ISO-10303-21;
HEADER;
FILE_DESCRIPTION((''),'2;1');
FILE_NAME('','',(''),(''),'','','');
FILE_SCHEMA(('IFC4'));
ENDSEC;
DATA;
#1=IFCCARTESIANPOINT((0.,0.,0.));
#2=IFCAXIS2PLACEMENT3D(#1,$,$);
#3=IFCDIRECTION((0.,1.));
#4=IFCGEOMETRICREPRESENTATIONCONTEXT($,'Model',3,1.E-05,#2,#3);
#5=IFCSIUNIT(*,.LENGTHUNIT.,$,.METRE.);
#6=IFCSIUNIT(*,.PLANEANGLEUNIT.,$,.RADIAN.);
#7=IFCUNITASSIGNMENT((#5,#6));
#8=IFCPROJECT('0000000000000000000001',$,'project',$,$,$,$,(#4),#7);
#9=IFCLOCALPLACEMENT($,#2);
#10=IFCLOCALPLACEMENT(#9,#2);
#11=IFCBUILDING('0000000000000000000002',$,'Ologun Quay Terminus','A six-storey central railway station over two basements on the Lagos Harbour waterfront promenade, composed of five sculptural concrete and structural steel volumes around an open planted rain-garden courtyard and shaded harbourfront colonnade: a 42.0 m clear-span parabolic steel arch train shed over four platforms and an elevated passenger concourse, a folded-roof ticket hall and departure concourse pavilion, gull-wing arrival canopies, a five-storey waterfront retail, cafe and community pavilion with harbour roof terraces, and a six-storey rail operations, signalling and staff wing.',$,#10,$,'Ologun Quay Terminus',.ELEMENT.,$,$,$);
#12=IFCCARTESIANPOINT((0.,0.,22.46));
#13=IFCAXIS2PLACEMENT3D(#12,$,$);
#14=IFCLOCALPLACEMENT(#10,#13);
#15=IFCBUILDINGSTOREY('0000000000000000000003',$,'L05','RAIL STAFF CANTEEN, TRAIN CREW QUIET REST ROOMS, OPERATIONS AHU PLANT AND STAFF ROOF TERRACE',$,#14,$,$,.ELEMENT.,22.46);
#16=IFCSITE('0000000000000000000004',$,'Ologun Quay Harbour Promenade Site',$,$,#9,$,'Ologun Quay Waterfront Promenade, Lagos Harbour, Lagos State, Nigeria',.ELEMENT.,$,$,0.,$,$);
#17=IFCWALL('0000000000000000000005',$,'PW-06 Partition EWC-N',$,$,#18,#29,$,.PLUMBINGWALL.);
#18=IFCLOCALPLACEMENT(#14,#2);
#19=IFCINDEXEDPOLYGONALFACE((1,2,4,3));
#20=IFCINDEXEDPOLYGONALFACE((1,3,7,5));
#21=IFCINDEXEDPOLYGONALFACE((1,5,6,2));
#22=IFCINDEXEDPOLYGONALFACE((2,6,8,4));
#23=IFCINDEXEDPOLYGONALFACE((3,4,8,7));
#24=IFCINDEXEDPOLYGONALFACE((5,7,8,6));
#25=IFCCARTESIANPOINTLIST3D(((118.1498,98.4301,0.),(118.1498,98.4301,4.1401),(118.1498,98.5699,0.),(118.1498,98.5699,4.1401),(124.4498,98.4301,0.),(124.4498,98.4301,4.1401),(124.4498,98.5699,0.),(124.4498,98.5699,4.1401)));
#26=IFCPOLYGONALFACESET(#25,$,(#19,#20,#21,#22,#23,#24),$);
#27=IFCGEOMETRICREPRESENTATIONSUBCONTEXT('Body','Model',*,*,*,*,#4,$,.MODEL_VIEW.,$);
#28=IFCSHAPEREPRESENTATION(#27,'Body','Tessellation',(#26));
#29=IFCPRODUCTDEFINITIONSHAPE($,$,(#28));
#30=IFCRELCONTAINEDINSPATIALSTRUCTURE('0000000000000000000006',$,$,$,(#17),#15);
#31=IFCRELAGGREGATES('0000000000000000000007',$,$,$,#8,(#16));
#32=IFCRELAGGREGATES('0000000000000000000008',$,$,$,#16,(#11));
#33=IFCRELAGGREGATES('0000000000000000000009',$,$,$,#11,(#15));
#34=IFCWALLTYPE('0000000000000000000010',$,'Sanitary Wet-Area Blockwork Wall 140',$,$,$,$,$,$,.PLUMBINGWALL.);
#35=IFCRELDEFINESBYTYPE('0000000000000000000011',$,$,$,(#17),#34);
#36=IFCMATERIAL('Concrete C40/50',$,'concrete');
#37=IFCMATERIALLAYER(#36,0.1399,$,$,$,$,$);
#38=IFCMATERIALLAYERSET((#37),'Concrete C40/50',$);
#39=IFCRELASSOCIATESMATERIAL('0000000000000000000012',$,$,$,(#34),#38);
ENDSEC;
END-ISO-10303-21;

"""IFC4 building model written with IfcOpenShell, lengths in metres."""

from ifc_helpers import new_model, si_unit, direction, frame, frame_2d, origin, place, context, subcontext, project, spatial, rectangle, extrude, material, layer, layer_set, type_object, element, save


model = new_model("IFC4")

# Units and contexts
model_context = context("Model", 3, precision=1e-05, world=origin(), true_north=direction((0.0, 1.0)))
body_context = subcontext(model_context, "Body", "Model", "MODEL_VIEW")
ifc_project = project(units=[si_unit("LENGTHUNIT", "METRE"), si_unit("PLANEANGLEUNIT", "RADIAN")], contexts=[model_context])

# Site, building, storey
site_placement = place(None, origin())
site = spatial("IfcSite", under=ifc_project, at=site_placement, Name="Ologun Quay Harbour Promenade Site", LongName="Ologun Quay Waterfront Promenade, Lagos Harbour, Lagos State, Nigeria", CompositionType="ELEMENT", RefElevation=0.0)
building_placement = place(site_placement, origin())
building = spatial("IfcBuilding", under=site, at=building_placement, Name="Ologun Quay Terminus", Description="A six-storey central railway station over two basements on the Lagos Harbour waterfront promenade, composed of five sculptural concrete and structural steel volumes around an open planted rain-garden courtyard and shaded harbourfront colonnade: a 42.0 m clear-span parabolic steel arch train shed over four platforms and an elevated passenger concourse, a folded-roof ticket hall and departure concourse pavilion, gull-wing arrival canopies, a five-storey waterfront retail, cafe and community pavilion with harbour roof terraces, and a six-storey rail operations, signalling and staff wing.", LongName="Ologun Quay Terminus", CompositionType="ELEMENT")
storey_placement = place(building_placement, frame((0.0, 0.0, 22.46)))
storey = spatial("IfcBuildingStorey", under=building, at=storey_placement, Name="L05", Description="RAIL STAFF CANTEEN, TRAIN CREW QUIET REST ROOMS, OPERATIONS AHU PLANT AND STAFF ROOF TERRACE", CompositionType="ELEMENT", Elevation=22.46)

# Shared definitions
ifc_material_1 = material(Name="Concrete C40/50", Category="concrete")
ifc_layer_1 = layer(ifc_material_1, 0.1399)
ifc_layer_set_1 = layer_set([ifc_layer_1], Name="Concrete C40/50")
wall_type_1 = type_object("IfcWallType", Name="Sanitary Wet-Area Blockwork Wall 140", PredefinedType="PLUMBINGWALL", material=ifc_layer_set_1)

# Wall
wall_1_placement = place(storey_placement, frame((118.1499, 98.5, 0.0), z_axis=(0.0, 0.0, 1.0), x_axis=(1.0, 0.0, 0.0)))
element("IfcWall", 1, at=wall_1_placement, inside=storey, type_object=wall_type_1, Name="PW-06 Partition EWC-N", PredefinedType="PLUMBINGWALL", context=body_context, shape_type="SweptSolid", body=[
    extrude(rectangle(XDim=6.3, YDim=0.1399, at=frame_2d((3.1499, 0.0))), origin(), (0.0, 0.0, 1.0), 4.1401),
])

save(model, "model.ifc")
